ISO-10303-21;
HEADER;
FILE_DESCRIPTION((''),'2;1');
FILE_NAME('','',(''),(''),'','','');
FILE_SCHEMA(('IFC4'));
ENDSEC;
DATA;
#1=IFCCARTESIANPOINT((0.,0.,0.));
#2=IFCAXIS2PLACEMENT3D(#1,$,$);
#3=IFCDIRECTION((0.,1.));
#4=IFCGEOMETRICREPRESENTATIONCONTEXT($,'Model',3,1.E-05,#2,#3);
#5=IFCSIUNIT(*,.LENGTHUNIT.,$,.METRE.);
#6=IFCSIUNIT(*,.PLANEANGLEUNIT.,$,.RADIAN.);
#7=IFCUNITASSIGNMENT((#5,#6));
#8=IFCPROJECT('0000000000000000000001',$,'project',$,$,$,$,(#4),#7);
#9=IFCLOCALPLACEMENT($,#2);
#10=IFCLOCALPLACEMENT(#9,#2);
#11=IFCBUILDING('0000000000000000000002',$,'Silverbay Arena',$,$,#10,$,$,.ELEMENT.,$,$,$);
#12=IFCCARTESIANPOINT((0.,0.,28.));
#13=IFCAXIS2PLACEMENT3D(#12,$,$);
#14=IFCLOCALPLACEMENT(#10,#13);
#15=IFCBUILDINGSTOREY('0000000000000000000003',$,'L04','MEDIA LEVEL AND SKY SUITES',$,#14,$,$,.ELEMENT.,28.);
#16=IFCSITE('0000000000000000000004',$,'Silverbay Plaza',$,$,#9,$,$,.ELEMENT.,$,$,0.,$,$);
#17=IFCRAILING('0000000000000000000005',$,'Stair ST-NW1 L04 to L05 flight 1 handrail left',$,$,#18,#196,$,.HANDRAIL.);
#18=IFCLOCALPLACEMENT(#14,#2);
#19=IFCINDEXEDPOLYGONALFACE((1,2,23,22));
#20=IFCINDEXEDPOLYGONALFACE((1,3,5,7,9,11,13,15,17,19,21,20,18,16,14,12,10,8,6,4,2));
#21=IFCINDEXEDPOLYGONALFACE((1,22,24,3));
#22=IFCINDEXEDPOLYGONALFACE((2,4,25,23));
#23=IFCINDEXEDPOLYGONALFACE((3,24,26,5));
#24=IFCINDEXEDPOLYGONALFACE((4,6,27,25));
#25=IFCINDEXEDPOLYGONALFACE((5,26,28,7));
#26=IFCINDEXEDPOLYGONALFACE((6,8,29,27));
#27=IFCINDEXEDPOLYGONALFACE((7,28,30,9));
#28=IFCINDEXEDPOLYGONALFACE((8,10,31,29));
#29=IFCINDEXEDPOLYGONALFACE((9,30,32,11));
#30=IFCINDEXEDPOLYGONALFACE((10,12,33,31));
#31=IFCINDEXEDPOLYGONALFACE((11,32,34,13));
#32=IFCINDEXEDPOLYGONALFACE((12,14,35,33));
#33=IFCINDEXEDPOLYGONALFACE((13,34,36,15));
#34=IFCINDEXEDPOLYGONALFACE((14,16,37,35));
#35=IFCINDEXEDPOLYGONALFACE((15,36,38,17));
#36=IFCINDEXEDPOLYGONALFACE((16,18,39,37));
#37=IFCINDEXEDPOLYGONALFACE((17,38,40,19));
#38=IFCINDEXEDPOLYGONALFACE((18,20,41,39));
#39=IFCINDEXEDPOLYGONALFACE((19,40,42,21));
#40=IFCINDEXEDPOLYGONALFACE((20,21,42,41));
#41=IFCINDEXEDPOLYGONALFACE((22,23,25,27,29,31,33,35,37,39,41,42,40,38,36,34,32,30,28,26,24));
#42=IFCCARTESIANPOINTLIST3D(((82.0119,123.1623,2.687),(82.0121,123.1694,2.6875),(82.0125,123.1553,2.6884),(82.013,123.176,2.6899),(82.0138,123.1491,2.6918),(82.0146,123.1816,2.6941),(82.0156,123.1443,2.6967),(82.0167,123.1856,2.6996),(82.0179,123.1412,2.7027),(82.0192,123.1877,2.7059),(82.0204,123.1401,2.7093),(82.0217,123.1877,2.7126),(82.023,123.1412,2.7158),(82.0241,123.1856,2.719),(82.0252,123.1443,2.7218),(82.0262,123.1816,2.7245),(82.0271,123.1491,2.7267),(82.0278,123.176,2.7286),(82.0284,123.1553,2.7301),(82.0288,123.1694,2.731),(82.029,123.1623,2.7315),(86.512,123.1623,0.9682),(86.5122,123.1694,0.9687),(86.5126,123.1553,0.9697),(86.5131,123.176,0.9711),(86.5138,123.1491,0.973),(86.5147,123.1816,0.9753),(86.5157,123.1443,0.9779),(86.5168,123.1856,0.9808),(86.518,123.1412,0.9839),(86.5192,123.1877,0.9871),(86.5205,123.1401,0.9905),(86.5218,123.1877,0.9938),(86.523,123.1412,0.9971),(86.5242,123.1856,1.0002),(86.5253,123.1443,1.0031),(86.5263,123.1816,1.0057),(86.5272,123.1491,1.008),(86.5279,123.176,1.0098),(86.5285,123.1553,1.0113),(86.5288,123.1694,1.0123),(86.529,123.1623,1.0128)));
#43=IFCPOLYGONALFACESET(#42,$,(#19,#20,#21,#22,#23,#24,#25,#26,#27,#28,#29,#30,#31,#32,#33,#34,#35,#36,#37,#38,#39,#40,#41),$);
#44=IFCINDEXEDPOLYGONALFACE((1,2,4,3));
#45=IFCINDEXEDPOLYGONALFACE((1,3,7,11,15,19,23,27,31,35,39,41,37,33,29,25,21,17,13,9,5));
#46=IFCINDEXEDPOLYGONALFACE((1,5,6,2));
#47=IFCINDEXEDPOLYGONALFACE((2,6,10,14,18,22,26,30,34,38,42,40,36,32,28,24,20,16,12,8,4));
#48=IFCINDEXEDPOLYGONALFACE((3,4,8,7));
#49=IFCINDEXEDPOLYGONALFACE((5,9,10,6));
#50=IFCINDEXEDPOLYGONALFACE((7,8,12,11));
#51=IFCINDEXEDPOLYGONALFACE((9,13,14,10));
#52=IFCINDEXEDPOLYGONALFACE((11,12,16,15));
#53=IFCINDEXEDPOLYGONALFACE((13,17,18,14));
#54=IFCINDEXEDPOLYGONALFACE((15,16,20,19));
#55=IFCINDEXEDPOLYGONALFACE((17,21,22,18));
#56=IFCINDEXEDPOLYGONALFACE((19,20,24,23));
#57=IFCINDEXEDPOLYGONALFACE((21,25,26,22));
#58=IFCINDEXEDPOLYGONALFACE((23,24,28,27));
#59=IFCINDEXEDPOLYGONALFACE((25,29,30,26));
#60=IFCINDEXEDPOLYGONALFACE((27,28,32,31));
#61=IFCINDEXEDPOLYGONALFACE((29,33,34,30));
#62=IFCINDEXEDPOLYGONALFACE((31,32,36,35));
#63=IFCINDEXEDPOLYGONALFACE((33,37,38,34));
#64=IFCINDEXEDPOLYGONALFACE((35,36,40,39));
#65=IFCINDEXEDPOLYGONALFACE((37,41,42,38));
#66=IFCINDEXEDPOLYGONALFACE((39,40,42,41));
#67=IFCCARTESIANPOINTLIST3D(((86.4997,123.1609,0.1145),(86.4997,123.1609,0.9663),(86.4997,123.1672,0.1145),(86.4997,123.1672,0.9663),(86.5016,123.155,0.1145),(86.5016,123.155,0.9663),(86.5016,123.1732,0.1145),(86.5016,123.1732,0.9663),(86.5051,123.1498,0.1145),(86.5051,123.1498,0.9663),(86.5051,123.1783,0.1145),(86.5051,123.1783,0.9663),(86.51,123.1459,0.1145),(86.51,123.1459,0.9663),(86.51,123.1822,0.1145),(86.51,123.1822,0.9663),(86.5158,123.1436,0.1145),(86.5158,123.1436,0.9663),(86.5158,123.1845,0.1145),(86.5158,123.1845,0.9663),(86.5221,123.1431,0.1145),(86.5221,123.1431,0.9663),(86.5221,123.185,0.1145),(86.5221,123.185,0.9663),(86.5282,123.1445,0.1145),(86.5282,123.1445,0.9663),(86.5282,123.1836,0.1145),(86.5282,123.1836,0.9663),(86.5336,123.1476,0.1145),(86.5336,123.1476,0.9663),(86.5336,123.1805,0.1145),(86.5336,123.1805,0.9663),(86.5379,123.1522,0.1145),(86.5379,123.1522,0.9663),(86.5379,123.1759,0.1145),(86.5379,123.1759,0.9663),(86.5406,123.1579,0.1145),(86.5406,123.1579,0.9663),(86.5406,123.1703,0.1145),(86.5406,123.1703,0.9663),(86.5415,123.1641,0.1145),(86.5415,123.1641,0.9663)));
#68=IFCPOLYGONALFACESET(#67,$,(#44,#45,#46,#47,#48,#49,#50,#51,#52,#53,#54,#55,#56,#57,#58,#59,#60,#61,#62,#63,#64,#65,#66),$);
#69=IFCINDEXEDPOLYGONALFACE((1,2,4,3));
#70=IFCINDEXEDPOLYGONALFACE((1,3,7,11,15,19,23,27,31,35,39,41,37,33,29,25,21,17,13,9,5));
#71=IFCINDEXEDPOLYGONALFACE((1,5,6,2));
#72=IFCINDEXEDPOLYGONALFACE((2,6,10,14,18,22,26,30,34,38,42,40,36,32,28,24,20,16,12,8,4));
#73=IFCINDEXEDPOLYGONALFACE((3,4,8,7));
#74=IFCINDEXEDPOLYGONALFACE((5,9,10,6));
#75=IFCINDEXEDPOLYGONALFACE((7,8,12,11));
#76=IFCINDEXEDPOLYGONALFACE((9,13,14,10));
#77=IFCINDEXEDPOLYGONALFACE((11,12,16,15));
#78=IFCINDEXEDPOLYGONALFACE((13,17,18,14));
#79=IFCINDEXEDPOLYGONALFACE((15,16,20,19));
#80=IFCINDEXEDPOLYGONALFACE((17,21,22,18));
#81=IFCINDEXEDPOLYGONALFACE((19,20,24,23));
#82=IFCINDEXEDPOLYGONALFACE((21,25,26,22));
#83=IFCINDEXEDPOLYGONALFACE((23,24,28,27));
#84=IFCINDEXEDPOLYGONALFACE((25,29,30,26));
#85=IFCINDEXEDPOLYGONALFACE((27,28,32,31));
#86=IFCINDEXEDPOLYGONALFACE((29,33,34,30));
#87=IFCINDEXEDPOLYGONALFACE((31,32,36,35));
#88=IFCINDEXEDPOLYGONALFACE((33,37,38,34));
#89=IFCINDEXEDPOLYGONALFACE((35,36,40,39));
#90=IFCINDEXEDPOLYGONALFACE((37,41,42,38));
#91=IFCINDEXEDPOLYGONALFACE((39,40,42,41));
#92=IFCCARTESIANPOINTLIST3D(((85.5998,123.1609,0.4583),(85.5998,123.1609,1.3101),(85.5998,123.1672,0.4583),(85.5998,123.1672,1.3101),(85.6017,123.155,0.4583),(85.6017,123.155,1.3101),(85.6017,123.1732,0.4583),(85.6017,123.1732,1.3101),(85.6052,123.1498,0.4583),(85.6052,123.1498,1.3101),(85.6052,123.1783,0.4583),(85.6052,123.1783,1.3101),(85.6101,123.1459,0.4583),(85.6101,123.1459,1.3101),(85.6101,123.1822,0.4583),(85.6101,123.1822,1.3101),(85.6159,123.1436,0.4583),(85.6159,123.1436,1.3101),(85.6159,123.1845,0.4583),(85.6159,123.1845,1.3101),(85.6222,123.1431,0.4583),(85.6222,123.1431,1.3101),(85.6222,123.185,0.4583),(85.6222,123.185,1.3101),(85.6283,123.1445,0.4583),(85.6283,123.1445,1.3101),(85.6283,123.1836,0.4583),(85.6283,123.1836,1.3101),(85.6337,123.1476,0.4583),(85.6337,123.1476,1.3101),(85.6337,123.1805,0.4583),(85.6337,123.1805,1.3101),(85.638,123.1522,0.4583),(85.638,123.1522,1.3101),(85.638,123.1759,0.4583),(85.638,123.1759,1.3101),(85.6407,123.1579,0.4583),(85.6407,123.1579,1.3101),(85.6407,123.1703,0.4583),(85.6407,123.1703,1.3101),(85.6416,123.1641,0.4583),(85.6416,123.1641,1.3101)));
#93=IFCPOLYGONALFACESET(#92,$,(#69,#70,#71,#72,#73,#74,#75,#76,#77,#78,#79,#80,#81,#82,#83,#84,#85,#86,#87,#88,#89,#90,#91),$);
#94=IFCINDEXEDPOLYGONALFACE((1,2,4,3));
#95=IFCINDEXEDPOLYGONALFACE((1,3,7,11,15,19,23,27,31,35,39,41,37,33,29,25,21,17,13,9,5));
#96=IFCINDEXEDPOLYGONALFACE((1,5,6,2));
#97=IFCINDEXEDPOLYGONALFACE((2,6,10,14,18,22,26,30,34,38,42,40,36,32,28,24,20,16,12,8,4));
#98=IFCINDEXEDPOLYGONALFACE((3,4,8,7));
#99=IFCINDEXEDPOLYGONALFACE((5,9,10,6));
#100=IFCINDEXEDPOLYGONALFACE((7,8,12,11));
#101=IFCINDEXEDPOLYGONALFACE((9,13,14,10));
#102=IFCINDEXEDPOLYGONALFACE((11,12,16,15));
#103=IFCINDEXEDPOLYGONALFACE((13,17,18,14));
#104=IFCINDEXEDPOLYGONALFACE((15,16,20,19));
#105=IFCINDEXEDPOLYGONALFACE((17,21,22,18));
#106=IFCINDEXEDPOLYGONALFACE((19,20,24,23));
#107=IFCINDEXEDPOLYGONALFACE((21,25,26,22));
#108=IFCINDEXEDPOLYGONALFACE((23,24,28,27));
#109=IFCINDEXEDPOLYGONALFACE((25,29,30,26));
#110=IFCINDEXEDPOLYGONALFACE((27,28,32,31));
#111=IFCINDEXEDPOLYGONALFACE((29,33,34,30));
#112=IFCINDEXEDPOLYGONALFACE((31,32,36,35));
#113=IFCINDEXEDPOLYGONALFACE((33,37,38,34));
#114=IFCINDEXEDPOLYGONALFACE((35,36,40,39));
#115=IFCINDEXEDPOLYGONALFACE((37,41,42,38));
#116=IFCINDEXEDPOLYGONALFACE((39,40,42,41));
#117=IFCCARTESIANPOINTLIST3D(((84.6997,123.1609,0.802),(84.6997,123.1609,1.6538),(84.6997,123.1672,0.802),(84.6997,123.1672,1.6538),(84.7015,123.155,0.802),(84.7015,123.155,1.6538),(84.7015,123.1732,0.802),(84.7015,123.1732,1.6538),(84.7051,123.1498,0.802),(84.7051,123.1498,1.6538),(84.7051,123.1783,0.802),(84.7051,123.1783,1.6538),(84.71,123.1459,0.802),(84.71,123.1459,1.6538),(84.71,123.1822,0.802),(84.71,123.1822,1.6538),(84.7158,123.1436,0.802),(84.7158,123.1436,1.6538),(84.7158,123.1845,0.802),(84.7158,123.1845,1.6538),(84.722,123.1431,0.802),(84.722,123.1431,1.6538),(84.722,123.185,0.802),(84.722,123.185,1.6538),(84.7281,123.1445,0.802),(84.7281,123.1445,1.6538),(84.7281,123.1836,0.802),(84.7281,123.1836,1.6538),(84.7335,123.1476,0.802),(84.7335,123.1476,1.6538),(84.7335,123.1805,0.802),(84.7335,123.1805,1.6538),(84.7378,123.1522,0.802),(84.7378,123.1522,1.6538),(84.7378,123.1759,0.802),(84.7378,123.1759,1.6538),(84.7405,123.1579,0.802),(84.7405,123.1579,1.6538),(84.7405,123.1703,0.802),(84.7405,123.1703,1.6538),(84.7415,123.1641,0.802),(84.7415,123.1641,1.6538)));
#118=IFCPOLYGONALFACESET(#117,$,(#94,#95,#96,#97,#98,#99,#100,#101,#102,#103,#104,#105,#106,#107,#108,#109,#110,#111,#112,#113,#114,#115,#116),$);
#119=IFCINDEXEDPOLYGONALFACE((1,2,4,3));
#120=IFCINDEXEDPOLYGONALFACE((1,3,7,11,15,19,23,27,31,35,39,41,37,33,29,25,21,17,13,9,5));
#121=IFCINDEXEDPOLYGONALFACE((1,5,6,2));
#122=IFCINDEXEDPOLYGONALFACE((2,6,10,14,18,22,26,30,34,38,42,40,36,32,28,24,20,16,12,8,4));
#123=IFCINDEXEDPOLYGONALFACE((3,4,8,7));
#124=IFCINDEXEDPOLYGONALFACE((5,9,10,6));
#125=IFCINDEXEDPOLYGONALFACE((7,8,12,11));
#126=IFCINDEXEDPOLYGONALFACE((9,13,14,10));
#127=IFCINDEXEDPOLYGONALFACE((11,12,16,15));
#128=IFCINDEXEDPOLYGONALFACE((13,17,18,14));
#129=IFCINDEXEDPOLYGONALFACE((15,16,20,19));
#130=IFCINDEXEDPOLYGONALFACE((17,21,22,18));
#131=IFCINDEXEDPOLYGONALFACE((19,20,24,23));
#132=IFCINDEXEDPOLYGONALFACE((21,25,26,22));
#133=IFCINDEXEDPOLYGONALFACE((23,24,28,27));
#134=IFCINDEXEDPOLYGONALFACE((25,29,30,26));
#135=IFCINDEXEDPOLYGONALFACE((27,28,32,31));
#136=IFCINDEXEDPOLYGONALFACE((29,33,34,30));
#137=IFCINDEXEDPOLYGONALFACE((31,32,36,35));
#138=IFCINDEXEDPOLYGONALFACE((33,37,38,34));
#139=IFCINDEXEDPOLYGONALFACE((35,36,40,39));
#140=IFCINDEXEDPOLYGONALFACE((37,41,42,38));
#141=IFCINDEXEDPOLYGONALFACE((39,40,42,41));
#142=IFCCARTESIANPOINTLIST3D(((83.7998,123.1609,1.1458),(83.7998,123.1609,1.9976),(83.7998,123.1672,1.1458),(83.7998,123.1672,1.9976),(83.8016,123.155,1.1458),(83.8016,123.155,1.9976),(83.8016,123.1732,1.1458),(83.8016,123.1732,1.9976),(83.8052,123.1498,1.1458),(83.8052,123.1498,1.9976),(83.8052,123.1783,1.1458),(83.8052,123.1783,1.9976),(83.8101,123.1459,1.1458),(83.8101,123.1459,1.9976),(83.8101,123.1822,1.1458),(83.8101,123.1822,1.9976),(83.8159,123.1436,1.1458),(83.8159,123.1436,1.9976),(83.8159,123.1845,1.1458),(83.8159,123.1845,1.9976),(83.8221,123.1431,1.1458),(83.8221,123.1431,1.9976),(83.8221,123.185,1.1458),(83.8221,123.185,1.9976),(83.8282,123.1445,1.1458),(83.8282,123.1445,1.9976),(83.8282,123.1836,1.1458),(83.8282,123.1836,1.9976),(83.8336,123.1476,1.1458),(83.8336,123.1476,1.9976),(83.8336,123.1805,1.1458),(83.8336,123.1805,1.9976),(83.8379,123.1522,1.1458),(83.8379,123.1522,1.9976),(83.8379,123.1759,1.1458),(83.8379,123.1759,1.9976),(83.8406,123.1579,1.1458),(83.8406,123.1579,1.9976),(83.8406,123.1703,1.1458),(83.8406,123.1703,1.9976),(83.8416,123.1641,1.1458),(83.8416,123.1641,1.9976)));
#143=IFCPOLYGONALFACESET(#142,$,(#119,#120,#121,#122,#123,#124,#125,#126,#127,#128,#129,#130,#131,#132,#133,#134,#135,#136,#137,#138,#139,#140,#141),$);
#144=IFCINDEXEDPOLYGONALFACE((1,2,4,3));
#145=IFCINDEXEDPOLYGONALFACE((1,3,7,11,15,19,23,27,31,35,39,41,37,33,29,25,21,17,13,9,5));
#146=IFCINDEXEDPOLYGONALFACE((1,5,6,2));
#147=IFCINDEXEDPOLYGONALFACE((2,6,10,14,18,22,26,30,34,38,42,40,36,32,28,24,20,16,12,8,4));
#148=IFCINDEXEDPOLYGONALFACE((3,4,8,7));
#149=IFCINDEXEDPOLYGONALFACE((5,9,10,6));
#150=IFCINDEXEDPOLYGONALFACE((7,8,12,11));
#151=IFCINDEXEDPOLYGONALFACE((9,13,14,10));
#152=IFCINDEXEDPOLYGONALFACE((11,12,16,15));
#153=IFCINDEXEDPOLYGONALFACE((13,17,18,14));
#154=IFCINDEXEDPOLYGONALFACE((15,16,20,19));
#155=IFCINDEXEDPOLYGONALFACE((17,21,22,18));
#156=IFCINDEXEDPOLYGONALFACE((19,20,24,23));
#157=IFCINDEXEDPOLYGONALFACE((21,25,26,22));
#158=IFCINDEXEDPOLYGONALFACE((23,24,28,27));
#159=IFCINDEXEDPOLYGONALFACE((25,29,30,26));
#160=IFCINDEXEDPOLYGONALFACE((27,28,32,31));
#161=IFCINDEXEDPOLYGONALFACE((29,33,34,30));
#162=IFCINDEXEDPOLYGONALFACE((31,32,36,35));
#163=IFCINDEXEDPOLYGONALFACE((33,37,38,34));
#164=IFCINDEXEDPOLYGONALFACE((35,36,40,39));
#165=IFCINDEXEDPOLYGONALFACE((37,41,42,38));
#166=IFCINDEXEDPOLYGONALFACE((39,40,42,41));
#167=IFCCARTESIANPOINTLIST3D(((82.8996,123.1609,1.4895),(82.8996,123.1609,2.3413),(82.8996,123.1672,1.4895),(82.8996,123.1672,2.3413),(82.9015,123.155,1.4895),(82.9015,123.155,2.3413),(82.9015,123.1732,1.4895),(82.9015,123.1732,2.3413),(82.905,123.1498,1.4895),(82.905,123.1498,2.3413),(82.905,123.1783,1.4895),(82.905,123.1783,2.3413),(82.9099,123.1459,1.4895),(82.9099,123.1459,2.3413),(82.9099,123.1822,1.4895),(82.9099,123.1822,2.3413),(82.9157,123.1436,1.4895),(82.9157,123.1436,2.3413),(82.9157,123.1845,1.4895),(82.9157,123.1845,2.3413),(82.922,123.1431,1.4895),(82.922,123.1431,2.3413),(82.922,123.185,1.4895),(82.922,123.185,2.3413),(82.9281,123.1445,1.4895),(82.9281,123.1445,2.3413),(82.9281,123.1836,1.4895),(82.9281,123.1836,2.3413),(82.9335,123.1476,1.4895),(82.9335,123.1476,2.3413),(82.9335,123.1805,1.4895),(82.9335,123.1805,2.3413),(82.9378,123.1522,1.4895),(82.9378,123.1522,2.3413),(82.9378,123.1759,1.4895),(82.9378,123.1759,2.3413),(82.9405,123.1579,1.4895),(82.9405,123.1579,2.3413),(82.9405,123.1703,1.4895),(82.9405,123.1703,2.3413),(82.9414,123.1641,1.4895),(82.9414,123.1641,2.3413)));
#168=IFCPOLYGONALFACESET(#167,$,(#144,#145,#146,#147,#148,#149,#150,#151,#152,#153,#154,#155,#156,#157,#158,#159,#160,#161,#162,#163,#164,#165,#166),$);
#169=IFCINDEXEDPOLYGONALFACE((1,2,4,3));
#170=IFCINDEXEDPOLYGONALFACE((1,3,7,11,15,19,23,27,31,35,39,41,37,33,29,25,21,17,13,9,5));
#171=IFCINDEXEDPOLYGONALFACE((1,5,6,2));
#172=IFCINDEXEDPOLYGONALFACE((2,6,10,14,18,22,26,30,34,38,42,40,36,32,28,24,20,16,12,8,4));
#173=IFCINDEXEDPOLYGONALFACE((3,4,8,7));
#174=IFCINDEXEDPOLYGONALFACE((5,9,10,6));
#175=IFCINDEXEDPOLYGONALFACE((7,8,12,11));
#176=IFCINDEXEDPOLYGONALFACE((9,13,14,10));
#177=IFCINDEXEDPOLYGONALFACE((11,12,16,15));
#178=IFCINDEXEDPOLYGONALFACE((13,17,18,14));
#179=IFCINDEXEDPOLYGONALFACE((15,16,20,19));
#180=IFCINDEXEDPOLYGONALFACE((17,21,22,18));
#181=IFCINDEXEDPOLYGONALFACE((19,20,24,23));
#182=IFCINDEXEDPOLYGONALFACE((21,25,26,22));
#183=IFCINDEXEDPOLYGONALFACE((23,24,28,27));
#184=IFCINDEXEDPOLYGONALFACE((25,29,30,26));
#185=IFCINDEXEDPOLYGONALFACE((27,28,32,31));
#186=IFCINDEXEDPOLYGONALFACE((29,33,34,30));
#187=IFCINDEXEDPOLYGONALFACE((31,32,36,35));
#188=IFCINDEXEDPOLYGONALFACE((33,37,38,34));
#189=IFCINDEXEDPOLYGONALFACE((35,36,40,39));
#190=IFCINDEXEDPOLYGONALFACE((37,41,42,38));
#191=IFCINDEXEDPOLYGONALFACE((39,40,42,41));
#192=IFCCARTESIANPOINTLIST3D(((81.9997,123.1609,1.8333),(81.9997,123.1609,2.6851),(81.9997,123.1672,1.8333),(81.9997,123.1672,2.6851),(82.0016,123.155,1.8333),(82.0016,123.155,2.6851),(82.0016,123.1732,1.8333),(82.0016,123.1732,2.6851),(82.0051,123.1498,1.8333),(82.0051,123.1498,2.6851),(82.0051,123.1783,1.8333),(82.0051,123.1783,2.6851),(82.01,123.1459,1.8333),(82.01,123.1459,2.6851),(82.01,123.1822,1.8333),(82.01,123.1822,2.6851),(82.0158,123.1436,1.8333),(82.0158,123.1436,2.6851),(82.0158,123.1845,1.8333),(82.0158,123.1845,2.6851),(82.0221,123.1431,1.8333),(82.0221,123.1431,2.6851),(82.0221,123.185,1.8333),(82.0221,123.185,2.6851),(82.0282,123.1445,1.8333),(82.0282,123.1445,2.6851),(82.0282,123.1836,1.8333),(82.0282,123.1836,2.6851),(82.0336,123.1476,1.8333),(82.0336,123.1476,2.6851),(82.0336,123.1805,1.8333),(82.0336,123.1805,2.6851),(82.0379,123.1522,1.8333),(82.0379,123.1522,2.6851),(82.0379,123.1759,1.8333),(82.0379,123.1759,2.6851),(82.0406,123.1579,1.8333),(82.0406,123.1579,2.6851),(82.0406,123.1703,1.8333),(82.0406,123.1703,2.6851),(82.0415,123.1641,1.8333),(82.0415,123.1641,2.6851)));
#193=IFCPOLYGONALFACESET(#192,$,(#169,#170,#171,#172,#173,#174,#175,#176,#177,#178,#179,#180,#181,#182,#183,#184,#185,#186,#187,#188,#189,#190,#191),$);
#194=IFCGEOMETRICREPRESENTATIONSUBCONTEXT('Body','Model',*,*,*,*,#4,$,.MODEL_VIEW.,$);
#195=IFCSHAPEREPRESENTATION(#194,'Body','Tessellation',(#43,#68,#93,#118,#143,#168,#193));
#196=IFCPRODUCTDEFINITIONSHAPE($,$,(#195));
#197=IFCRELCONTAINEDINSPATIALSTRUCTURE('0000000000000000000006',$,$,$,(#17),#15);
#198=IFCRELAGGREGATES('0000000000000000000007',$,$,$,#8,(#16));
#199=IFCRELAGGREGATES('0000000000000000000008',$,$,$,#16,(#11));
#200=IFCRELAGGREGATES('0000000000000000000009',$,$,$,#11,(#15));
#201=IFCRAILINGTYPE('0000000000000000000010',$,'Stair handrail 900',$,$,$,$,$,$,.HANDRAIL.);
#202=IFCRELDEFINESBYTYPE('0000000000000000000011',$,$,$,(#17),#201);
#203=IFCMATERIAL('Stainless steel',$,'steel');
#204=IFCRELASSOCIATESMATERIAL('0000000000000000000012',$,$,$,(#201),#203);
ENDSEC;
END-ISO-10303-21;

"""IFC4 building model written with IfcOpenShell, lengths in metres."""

from ifc_helpers import new_model, si_unit, direction, frame, origin, origin_2d, place, context, subcontext, project, spatial, circle, extrude, material, type_object, element, save


model = new_model("IFC4")

# Units and contexts
model_context = context("Model", 3, precision=1e-05, world=origin(), true_north=direction((0.0, 1.0)))
body_context = subcontext(model_context, "Body", "Model", "MODEL_VIEW")
ifc_project = project(units=[si_unit("LENGTHUNIT", "METRE"), si_unit("PLANEANGLEUNIT", "RADIAN")], contexts=[model_context])

# Site, building, storey
site_placement = place(None, origin())
site = spatial("IfcSite", under=ifc_project, at=site_placement, Name="Silverbay Plaza", CompositionType="ELEMENT", RefElevation=0.0)
building_placement = place(site_placement, origin())
building = spatial("IfcBuilding", under=site, at=building_placement, Name="Silverbay Arena", CompositionType="ELEMENT")
storey_placement = place(building_placement, frame((0.0, 0.0, 28.0)))
storey = spatial("IfcBuildingStorey", under=building, at=storey_placement, Name="L04", Description="MEDIA LEVEL AND SKY SUITES", CompositionType="ELEMENT", Elevation=28.0)

# Railing
ifc_material_1 = material(Name="Stainless steel", Category="steel")
railing_type_1 = type_object("IfcRailingType", Name="Stair handrail 900", PredefinedType="HANDRAIL", material=ifc_material_1)
railing_1_placement = place(storey_placement, frame((86.5205, 123.1641, 0.1145)))
element("IfcRailing", 1, at=railing_1_placement, inside=storey, type_object=railing_type_1, Name="Stair ST-NW1 L04 to L05 flight 1 handrail left", PredefinedType="HANDRAIL", context=body_context, shape_type="SweptSolid", body=[
    extrude(circle(Radius=0.0239, at=origin_2d()), frame((0.0, 0.0, 0.876), z_axis=(-0.934179, 0.0, 0.356805), x_axis=(0.0, -1.0, 0.0)), (0.0, 0.0, 1.0), 4.8171),
    extrude(circle(Radius=0.021, at=origin_2d()), origin(), (0.0, 0.0, 1.0), 0.8518),
    extrude(circle(Radius=0.021, at=origin_2d()), frame((-0.8999, 0.0, 0.3438)), (0.0, 0.0, 1.0), 0.8518),
    extrude(circle(Radius=0.021, at=origin_2d()), frame((-1.8, 0.0, 0.6875)), (0.0, 0.0, 1.0), 0.8518),
    extrude(circle(Radius=0.021, at=origin_2d()), frame((-2.7, 0.0, 1.0312)), (0.0, 0.0, 1.0), 0.8518),
    extrude(circle(Radius=0.021, at=origin_2d()), frame((-3.6001, 0.0, 1.375)), (0.0, 0.0, 1.0), 0.8518),
    extrude(circle(Radius=0.021, at=origin_2d()), frame((-4.5, 0.0, 1.7188)), (0.0, 0.0, 1.0), 0.8518),
])

save(model, "model.ifc")
